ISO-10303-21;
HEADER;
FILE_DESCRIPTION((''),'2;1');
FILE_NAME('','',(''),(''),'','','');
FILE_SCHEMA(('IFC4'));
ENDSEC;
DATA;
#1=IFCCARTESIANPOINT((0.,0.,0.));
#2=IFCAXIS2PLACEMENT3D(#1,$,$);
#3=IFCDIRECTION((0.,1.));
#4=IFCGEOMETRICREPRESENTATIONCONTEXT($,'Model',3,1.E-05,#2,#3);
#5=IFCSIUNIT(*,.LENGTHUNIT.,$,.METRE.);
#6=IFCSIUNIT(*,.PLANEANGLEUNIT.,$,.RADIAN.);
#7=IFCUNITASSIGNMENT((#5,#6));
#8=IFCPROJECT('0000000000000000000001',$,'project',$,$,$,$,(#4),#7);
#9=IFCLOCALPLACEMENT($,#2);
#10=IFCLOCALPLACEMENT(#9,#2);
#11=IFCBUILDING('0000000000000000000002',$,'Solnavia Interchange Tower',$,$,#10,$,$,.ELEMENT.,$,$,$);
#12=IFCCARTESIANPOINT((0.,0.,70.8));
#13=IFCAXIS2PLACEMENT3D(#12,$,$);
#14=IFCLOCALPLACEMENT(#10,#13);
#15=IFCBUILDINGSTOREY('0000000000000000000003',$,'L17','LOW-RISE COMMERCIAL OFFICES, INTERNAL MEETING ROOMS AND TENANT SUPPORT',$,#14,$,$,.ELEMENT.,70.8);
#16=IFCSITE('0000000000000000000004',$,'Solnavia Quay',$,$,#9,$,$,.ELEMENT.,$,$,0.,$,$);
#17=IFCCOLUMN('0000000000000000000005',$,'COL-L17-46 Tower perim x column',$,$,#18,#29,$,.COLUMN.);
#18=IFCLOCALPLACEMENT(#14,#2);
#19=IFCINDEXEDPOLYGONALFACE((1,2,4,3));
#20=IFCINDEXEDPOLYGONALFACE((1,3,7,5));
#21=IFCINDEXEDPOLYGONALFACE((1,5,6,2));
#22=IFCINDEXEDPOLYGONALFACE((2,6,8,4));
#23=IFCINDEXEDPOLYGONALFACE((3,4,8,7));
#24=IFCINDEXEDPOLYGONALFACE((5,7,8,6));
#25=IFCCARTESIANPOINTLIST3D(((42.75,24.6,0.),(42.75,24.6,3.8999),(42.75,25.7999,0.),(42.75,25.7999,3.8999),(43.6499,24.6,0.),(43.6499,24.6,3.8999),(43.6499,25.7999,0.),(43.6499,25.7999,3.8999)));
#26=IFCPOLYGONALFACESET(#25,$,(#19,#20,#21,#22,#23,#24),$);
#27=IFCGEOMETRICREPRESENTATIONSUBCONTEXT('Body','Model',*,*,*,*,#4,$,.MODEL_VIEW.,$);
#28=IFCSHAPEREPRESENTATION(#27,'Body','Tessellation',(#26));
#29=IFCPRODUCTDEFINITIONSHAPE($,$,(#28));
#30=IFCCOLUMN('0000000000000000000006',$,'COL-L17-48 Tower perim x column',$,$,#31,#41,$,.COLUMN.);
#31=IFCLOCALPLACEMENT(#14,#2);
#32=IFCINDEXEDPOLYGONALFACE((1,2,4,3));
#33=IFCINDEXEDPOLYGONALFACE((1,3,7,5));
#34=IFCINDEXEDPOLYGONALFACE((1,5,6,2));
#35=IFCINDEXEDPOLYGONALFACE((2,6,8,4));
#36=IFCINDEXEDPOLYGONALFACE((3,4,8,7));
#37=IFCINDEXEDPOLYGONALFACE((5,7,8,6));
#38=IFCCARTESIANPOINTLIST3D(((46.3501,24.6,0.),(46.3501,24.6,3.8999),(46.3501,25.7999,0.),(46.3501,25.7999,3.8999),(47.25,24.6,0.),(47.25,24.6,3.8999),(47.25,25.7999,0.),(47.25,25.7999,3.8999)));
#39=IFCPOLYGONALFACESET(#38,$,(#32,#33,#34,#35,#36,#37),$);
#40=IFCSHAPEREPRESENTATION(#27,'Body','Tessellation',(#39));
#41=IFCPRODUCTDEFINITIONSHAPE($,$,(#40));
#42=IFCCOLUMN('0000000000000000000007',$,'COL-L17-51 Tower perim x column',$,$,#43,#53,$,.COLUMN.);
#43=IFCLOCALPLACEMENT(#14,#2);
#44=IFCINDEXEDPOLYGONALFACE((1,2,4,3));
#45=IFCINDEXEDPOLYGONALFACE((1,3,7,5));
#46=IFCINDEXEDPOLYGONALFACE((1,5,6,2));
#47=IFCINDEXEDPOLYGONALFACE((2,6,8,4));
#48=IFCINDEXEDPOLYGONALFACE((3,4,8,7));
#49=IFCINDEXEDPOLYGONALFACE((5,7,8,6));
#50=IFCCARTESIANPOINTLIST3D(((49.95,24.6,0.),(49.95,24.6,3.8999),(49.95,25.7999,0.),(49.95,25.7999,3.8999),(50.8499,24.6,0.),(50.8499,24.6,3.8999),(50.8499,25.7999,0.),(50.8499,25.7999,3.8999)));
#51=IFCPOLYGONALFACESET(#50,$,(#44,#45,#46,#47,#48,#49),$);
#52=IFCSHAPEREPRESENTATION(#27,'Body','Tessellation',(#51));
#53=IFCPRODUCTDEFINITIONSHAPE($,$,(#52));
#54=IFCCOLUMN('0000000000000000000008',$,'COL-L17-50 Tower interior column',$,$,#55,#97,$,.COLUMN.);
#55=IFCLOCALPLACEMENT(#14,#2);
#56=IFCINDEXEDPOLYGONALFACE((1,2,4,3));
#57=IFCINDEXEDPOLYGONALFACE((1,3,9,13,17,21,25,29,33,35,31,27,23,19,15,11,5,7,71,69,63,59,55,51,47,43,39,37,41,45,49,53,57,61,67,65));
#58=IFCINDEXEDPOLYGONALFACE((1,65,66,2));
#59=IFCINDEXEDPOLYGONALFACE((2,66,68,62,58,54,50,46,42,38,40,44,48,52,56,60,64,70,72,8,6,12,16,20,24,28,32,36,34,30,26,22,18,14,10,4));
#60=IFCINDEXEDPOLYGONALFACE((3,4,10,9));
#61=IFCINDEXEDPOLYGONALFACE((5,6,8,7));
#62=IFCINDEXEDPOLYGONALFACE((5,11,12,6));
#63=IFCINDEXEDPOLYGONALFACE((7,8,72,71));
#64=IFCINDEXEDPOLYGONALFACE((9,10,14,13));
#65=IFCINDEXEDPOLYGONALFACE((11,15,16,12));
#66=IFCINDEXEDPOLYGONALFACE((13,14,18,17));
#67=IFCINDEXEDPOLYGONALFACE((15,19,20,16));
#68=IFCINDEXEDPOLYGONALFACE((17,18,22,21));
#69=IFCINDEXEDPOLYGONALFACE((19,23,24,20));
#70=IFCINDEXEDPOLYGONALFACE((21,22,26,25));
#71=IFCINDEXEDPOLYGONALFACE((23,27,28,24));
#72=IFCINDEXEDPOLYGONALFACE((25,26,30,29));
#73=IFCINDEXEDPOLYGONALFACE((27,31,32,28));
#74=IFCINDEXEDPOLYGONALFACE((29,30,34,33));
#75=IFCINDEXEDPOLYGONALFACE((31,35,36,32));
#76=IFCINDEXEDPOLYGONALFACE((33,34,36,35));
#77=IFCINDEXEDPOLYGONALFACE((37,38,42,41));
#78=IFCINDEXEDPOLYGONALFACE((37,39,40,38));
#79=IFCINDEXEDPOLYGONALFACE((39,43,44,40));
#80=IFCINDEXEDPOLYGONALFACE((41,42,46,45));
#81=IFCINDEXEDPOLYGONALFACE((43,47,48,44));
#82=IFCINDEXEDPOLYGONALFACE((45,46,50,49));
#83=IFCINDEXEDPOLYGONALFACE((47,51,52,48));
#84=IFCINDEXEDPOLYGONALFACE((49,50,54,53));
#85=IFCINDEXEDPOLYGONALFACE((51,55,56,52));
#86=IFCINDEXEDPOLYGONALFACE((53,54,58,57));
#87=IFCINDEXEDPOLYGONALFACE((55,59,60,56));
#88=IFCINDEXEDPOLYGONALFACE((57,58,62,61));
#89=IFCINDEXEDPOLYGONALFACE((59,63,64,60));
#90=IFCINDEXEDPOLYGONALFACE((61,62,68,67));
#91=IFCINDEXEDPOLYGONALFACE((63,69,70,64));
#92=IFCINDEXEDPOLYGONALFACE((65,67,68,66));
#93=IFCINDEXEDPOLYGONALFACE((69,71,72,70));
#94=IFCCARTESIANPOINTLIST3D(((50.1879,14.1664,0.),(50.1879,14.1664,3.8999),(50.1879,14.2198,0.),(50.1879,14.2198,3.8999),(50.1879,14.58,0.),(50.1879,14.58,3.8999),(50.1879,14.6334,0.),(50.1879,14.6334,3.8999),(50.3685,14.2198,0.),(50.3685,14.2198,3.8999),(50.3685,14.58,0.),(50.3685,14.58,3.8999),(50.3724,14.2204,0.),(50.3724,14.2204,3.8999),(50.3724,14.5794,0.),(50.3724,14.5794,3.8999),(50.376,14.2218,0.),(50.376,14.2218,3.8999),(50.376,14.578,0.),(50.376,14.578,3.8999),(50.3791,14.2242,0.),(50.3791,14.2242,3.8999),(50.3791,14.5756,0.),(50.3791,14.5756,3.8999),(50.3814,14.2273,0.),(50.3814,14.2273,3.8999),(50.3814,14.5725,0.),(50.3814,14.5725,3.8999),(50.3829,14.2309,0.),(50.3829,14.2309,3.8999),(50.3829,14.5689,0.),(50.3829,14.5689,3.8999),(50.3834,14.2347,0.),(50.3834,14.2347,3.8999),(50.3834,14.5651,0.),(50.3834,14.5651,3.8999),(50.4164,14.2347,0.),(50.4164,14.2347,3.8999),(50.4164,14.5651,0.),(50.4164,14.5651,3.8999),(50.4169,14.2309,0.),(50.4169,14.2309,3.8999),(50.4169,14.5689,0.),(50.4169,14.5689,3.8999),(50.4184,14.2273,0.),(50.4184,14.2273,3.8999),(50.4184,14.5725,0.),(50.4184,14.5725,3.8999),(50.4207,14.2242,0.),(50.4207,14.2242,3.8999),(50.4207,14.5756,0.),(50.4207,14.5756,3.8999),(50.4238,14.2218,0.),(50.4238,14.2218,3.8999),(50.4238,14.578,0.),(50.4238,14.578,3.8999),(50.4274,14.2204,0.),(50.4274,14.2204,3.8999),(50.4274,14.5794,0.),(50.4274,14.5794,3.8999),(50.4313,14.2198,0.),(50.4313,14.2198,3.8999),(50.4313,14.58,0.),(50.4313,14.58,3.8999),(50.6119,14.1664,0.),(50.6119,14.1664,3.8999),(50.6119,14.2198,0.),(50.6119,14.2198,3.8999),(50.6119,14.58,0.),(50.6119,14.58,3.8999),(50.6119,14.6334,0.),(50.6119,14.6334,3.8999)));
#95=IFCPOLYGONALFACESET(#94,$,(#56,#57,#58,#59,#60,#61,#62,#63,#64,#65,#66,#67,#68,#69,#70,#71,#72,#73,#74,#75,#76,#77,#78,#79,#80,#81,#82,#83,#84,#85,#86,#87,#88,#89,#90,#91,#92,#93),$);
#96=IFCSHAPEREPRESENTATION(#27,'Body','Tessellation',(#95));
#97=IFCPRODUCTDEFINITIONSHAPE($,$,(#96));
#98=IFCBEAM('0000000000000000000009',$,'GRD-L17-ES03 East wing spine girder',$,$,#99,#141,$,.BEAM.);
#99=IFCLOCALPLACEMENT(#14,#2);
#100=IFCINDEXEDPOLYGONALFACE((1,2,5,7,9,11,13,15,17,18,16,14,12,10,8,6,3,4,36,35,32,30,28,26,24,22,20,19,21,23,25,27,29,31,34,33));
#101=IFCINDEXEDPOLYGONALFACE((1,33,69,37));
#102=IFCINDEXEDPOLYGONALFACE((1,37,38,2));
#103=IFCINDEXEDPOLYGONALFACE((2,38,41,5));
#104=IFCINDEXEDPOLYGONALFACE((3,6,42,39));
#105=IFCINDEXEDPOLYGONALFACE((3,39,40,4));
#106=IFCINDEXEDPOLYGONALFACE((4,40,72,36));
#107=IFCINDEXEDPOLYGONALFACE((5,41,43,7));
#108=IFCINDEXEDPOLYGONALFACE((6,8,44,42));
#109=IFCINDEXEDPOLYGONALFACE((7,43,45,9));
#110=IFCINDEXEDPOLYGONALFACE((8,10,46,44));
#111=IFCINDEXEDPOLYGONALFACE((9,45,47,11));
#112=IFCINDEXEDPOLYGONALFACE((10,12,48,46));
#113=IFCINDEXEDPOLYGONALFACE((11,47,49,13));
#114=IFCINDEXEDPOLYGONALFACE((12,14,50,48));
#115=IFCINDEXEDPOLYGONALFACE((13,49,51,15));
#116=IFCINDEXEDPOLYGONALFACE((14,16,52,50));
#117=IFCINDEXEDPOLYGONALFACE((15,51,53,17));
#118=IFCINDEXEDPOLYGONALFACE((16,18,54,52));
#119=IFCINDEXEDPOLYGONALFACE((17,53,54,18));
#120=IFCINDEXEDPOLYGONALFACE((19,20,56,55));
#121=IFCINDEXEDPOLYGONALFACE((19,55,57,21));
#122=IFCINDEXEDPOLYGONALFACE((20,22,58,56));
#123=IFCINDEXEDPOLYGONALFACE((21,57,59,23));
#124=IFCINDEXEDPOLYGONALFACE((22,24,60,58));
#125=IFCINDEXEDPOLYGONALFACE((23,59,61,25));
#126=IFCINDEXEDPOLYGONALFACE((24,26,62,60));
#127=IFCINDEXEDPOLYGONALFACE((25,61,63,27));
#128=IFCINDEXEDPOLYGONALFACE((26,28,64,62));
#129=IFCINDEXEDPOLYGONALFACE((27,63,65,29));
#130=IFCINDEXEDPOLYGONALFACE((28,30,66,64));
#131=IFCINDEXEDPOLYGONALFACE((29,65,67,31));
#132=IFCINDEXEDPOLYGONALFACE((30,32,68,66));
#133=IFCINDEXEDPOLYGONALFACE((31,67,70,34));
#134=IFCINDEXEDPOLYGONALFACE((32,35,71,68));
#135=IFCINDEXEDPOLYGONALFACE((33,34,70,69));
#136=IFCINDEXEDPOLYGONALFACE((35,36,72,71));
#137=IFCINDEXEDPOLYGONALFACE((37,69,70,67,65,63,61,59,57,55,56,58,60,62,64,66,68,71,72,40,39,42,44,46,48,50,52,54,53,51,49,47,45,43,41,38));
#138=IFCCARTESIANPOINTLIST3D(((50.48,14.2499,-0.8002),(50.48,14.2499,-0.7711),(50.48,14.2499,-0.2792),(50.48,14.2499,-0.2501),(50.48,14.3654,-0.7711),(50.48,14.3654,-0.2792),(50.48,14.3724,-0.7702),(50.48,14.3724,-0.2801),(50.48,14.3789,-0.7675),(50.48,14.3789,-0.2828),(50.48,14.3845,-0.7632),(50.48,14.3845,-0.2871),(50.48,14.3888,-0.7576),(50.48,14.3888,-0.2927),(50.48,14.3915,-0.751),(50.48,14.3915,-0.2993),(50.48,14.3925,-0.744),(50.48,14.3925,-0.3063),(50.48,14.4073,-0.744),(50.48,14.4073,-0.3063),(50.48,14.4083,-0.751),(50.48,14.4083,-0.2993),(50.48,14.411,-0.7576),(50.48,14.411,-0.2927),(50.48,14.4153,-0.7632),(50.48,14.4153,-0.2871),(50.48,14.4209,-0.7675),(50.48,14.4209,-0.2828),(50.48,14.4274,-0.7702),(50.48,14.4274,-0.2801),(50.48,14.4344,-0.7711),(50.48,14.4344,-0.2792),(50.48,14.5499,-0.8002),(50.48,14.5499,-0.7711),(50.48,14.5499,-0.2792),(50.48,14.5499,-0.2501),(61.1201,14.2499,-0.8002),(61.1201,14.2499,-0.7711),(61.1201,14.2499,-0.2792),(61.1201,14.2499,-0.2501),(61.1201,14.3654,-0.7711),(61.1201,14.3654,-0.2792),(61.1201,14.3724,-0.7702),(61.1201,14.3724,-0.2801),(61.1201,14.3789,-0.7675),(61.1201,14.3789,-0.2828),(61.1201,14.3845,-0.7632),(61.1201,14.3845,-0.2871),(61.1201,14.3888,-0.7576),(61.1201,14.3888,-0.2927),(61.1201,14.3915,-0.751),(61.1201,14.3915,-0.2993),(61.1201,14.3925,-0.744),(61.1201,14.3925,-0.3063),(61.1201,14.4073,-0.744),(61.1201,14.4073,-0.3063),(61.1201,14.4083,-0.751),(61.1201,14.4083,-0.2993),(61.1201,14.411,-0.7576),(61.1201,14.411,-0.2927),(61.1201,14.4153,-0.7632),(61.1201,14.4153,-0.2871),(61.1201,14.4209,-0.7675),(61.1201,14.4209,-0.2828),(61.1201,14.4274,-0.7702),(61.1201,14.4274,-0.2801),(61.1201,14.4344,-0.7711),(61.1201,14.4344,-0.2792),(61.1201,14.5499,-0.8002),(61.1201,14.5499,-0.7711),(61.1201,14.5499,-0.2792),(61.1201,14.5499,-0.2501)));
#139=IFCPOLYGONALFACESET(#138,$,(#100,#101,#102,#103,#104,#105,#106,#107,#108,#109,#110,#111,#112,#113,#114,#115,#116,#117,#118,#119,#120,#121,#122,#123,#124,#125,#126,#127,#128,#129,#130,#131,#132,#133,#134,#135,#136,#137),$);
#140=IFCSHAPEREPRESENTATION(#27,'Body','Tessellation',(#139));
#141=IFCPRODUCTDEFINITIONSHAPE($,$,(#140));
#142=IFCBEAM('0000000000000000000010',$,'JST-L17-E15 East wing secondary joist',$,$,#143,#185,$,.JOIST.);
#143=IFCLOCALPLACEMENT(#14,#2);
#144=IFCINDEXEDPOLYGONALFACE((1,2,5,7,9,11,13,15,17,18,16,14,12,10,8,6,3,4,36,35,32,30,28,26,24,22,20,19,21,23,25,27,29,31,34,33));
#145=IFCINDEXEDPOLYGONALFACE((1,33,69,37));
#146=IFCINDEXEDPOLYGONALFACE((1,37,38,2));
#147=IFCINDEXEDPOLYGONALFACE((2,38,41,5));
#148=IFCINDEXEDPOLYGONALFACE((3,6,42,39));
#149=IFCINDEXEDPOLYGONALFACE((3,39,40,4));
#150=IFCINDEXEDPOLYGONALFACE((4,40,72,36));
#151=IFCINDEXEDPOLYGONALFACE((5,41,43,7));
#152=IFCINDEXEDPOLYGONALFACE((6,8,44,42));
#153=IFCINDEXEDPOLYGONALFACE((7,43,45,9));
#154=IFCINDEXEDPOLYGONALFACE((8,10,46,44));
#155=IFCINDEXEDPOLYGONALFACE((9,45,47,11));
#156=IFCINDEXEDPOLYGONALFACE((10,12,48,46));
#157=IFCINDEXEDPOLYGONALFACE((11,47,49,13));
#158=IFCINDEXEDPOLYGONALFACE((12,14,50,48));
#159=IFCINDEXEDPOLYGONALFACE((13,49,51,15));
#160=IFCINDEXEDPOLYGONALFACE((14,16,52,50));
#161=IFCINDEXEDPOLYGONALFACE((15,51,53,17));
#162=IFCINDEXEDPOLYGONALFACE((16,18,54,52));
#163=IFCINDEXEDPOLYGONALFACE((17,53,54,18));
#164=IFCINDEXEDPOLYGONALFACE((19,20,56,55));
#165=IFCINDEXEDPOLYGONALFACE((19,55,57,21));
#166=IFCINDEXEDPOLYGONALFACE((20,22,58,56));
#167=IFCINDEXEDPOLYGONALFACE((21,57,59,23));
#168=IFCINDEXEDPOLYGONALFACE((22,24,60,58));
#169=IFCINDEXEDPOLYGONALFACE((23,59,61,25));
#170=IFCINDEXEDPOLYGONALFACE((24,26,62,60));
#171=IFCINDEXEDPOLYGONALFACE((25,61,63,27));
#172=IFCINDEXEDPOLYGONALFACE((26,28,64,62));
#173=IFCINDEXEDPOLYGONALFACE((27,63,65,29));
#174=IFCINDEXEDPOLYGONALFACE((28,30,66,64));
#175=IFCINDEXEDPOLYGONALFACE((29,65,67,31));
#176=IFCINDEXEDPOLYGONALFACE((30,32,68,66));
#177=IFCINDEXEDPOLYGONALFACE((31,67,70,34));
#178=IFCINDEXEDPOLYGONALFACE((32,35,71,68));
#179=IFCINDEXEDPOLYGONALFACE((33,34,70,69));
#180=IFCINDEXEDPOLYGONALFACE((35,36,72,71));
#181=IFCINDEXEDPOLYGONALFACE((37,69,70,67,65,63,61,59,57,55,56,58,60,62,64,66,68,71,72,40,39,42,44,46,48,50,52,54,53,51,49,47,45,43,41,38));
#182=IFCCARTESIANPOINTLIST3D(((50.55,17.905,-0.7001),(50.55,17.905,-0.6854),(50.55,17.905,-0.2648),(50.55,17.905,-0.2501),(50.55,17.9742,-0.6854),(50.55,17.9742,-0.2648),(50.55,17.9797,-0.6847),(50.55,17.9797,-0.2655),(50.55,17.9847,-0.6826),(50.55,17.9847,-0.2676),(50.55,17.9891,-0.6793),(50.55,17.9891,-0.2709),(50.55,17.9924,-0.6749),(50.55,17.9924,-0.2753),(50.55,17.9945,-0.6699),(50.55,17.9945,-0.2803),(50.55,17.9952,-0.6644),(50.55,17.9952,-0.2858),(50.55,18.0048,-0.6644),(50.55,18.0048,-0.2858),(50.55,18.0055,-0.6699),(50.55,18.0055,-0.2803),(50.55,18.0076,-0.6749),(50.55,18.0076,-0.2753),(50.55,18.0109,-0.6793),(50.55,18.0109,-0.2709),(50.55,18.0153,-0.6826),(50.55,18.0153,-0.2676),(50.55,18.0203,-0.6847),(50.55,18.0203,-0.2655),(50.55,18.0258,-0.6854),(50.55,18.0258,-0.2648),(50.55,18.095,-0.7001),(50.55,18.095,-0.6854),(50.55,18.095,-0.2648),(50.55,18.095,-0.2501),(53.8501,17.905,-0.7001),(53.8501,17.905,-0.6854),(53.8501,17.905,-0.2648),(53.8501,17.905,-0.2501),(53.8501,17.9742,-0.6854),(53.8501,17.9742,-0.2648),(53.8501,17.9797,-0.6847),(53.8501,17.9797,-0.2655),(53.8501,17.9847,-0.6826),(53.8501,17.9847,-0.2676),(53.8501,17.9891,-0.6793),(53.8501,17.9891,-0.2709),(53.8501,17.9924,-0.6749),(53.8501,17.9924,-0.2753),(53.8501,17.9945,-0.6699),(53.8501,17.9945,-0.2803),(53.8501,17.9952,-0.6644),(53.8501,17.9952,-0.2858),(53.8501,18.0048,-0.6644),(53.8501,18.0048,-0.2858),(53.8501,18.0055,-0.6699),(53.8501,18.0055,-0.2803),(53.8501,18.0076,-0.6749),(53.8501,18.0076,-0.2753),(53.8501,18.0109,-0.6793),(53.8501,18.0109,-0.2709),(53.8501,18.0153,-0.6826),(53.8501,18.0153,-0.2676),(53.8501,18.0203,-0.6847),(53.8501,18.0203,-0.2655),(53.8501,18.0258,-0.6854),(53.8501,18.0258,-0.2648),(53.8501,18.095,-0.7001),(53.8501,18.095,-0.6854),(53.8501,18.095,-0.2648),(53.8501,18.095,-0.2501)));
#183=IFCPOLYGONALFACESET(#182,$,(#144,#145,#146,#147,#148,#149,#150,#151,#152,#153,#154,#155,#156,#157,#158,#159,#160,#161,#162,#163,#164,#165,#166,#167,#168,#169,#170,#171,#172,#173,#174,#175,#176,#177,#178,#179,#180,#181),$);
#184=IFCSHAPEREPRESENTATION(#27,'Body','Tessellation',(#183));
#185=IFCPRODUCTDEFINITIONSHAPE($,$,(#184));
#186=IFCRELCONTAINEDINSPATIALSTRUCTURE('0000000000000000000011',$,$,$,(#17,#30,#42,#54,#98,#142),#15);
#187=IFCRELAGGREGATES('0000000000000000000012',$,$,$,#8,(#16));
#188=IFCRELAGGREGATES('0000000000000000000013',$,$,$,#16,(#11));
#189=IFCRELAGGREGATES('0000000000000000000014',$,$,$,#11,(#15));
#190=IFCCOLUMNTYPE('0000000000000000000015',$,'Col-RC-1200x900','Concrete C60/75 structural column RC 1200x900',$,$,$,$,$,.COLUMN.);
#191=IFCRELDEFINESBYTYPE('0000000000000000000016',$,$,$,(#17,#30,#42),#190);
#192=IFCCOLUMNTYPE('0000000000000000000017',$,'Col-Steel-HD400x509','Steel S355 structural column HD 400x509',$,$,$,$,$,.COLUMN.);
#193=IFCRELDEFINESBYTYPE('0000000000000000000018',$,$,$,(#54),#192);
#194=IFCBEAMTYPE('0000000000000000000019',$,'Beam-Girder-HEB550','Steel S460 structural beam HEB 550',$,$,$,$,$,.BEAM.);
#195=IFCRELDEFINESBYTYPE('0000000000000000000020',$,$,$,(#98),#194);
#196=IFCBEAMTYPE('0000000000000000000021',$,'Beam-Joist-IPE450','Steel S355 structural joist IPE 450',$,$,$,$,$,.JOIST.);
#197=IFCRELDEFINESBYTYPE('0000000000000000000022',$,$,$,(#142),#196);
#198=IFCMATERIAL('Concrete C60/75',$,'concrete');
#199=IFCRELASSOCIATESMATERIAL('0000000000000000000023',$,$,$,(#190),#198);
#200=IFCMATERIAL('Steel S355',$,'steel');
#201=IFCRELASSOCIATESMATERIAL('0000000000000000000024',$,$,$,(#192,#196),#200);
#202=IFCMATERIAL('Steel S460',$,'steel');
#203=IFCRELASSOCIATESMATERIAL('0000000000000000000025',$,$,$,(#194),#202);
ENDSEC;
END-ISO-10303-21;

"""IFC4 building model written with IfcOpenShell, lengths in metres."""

from ifc_helpers import new_model, si_unit, direction, frame, origin, origin_2d, place, context, subcontext, project, spatial, rectangle, i_section, extrude, material, material_profile, profile_set, type_object, element, save


model = new_model("IFC4")

# Units and contexts
model_context = context("Model", 3, precision=1e-05, world=origin(), true_north=direction((0.0, 1.0)))
body_context = subcontext(model_context, "Body", "Model", "MODEL_VIEW")
ifc_project = project(units=[si_unit("LENGTHUNIT", "METRE"), si_unit("PLANEANGLEUNIT", "RADIAN")], contexts=[model_context])

# Site, building, storey
site_placement = place(None, origin())
site = spatial("IfcSite", under=ifc_project, at=site_placement, Name="Solnavia Quay", CompositionType="ELEMENT", RefElevation=0.0)
building_placement = place(site_placement, origin())
building = spatial("IfcBuilding", under=site, at=building_placement, Name="Solnavia Interchange Tower", CompositionType="ELEMENT")
storey_placement = place(building_placement, frame((0.0, 0.0, 70.8)))
storey = spatial("IfcBuildingStorey", under=building, at=storey_placement, Name="L17", Description="LOW-RISE COMMERCIAL OFFICES, INTERNAL MEETING ROOMS AND TENANT SUPPORT", CompositionType="ELEMENT", Elevation=70.8)

# Columns
ifc_material_1 = material(Name="Concrete C60/75", Category="concrete")
ifc_material_profile_1 = material_profile(ifc_material_1, rectangle(XDim=0.8999, YDim=1.2, at=origin_2d()), Name="RC 1200x900")
ifc_profile_set_1 = profile_set([ifc_material_profile_1], Name="Concrete C60/75")
column_type_1 = type_object("IfcColumnType", Name="Col-RC-1200x900", Description="Concrete C60/75 structural column RC 1200x900", PredefinedType="COLUMN", material=ifc_profile_set_1)
for number, where, z_axis, x_axis, name in (
    (1, (43.2, 25.2, 0.0), (0.0, 0.0, 1.0), (1.0, 0.0, 0.0), "COL-L17-46 Tower perim x column"),
    (2, (46.8, 25.2, 0.0), (0.0, 0.0, 1.0), (1.0, 0.0, 0.0), "COL-L17-48 Tower perim x column"),
    (3, (50.3999, 25.2, 0.0), (0.0, 0.0, 1.0), (1.0, 0.0, 0.0), "COL-L17-51 Tower perim x column"),
):
    element("IfcColumn", number, at=place(storey_placement, frame(where, z_axis=z_axis, x_axis=x_axis)), inside=storey, type_object=column_type_1, Name=name, PredefinedType="COLUMN", context=body_context, shape_type="SweptSolid", body=[
        extrude(rectangle(XDim=0.8999, YDim=1.2, at=origin_2d()), origin(), (0.0, 0.0, 1.0), 3.8999),
    ])
ifc_material_2 = material(Name="Steel S355", Category="steel")
ifc_material_profile_2 = material_profile(ifc_material_2, i_section(OverallWidth=0.4241, OverallDepth=0.467, WebThickness=0.033, FlangeThickness=0.0535, FilletRadius=0.0149, at=origin_2d()), Name="HD 400x509")
ifc_profile_set_2 = profile_set([ifc_material_profile_2], Name="Steel S355")
column_type_2 = type_object("IfcColumnType", Name="Col-Steel-HD400x509", Description="Steel S355 structural column HD 400x509", PredefinedType="COLUMN", material=ifc_profile_set_2)
column_placement = place(storey_placement, frame((50.3999, 14.3999, 0.0), z_axis=(0.0, 0.0, 1.0), x_axis=(1.0, 0.0, 0.0)))
element("IfcColumn", 4, at=column_placement, inside=storey, type_object=column_type_2, Name="COL-L17-50 Tower interior column", PredefinedType="COLUMN", context=body_context, shape_type="SweptSolid", body=[
    extrude(i_section(OverallWidth=0.4241, OverallDepth=0.467, WebThickness=0.033, FlangeThickness=0.0535, FilletRadius=0.0149, at=origin_2d()), origin(), (0.0, 0.0, 1.0), 3.8999),
])

# Beams
ifc_material_3 = material(Name="Steel S460", Category="steel")
ifc_material_profile_3 = material_profile(ifc_material_3, i_section(OverallWidth=0.3, OverallDepth=0.55, WebThickness=0.0149, FlangeThickness=0.0291, FilletRadius=0.0271, at=origin_2d()), Name="HEB 550")
ifc_profile_set_3 = profile_set([ifc_material_profile_3], Name="Steel S460")
beam_type_1 = type_object("IfcBeamType", Name="Beam-Girder-HEB550", Description="Steel S460 structural beam HEB 550", PredefinedType="BEAM", material=ifc_profile_set_3)
beam_1_placement = place(storey_placement, frame((50.48, 14.3999, -0.5251), z_axis=(1.0, 0.0, 0.0), x_axis=(0.0, 1.0, 0.0)))
element("IfcBeam", 5, at=beam_1_placement, inside=storey, type_object=beam_type_1, Name="GRD-L17-ES03 East wing spine girder", PredefinedType="BEAM", context=body_context, shape_type="SweptSolid", body=[
    extrude(i_section(OverallWidth=0.3, OverallDepth=0.55, WebThickness=0.0149, FlangeThickness=0.0291, FilletRadius=0.0271, at=origin_2d()), origin(), (0.0, 0.0, 1.0), 10.6401),
])
ifc_material_profile_4 = material_profile(ifc_material_2, i_section(OverallWidth=0.1899, OverallDepth=0.45, WebThickness=0.0095, FlangeThickness=0.0146, FilletRadius=0.021, at=origin_2d()), Name="IPE 450")
ifc_profile_set_4 = profile_set([ifc_material_profile_4], Name="Steel S355")
beam_type_2 = type_object("IfcBeamType", Name="Beam-Joist-IPE450", Description="Steel S355 structural joist IPE 450", PredefinedType="JOIST", material=ifc_profile_set_4)
beam_2_placement = place(storey_placement, frame((50.55, 18.0, -0.4751), z_axis=(1.0, 0.0, 0.0), x_axis=(0.0, 1.0, 0.0)))
element("IfcBeam", 6, at=beam_2_placement, inside=storey, type_object=beam_type_2, Name="JST-L17-E15 East wing secondary joist", PredefinedType="JOIST", context=body_context, shape_type="SweptSolid", body=[
    extrude(i_section(OverallWidth=0.1899, OverallDepth=0.45, WebThickness=0.0095, FlangeThickness=0.0146, FilletRadius=0.021, at=origin_2d()), origin(), (0.0, 0.0, 1.0), 3.3),
])

save(model, "model.ifc")
